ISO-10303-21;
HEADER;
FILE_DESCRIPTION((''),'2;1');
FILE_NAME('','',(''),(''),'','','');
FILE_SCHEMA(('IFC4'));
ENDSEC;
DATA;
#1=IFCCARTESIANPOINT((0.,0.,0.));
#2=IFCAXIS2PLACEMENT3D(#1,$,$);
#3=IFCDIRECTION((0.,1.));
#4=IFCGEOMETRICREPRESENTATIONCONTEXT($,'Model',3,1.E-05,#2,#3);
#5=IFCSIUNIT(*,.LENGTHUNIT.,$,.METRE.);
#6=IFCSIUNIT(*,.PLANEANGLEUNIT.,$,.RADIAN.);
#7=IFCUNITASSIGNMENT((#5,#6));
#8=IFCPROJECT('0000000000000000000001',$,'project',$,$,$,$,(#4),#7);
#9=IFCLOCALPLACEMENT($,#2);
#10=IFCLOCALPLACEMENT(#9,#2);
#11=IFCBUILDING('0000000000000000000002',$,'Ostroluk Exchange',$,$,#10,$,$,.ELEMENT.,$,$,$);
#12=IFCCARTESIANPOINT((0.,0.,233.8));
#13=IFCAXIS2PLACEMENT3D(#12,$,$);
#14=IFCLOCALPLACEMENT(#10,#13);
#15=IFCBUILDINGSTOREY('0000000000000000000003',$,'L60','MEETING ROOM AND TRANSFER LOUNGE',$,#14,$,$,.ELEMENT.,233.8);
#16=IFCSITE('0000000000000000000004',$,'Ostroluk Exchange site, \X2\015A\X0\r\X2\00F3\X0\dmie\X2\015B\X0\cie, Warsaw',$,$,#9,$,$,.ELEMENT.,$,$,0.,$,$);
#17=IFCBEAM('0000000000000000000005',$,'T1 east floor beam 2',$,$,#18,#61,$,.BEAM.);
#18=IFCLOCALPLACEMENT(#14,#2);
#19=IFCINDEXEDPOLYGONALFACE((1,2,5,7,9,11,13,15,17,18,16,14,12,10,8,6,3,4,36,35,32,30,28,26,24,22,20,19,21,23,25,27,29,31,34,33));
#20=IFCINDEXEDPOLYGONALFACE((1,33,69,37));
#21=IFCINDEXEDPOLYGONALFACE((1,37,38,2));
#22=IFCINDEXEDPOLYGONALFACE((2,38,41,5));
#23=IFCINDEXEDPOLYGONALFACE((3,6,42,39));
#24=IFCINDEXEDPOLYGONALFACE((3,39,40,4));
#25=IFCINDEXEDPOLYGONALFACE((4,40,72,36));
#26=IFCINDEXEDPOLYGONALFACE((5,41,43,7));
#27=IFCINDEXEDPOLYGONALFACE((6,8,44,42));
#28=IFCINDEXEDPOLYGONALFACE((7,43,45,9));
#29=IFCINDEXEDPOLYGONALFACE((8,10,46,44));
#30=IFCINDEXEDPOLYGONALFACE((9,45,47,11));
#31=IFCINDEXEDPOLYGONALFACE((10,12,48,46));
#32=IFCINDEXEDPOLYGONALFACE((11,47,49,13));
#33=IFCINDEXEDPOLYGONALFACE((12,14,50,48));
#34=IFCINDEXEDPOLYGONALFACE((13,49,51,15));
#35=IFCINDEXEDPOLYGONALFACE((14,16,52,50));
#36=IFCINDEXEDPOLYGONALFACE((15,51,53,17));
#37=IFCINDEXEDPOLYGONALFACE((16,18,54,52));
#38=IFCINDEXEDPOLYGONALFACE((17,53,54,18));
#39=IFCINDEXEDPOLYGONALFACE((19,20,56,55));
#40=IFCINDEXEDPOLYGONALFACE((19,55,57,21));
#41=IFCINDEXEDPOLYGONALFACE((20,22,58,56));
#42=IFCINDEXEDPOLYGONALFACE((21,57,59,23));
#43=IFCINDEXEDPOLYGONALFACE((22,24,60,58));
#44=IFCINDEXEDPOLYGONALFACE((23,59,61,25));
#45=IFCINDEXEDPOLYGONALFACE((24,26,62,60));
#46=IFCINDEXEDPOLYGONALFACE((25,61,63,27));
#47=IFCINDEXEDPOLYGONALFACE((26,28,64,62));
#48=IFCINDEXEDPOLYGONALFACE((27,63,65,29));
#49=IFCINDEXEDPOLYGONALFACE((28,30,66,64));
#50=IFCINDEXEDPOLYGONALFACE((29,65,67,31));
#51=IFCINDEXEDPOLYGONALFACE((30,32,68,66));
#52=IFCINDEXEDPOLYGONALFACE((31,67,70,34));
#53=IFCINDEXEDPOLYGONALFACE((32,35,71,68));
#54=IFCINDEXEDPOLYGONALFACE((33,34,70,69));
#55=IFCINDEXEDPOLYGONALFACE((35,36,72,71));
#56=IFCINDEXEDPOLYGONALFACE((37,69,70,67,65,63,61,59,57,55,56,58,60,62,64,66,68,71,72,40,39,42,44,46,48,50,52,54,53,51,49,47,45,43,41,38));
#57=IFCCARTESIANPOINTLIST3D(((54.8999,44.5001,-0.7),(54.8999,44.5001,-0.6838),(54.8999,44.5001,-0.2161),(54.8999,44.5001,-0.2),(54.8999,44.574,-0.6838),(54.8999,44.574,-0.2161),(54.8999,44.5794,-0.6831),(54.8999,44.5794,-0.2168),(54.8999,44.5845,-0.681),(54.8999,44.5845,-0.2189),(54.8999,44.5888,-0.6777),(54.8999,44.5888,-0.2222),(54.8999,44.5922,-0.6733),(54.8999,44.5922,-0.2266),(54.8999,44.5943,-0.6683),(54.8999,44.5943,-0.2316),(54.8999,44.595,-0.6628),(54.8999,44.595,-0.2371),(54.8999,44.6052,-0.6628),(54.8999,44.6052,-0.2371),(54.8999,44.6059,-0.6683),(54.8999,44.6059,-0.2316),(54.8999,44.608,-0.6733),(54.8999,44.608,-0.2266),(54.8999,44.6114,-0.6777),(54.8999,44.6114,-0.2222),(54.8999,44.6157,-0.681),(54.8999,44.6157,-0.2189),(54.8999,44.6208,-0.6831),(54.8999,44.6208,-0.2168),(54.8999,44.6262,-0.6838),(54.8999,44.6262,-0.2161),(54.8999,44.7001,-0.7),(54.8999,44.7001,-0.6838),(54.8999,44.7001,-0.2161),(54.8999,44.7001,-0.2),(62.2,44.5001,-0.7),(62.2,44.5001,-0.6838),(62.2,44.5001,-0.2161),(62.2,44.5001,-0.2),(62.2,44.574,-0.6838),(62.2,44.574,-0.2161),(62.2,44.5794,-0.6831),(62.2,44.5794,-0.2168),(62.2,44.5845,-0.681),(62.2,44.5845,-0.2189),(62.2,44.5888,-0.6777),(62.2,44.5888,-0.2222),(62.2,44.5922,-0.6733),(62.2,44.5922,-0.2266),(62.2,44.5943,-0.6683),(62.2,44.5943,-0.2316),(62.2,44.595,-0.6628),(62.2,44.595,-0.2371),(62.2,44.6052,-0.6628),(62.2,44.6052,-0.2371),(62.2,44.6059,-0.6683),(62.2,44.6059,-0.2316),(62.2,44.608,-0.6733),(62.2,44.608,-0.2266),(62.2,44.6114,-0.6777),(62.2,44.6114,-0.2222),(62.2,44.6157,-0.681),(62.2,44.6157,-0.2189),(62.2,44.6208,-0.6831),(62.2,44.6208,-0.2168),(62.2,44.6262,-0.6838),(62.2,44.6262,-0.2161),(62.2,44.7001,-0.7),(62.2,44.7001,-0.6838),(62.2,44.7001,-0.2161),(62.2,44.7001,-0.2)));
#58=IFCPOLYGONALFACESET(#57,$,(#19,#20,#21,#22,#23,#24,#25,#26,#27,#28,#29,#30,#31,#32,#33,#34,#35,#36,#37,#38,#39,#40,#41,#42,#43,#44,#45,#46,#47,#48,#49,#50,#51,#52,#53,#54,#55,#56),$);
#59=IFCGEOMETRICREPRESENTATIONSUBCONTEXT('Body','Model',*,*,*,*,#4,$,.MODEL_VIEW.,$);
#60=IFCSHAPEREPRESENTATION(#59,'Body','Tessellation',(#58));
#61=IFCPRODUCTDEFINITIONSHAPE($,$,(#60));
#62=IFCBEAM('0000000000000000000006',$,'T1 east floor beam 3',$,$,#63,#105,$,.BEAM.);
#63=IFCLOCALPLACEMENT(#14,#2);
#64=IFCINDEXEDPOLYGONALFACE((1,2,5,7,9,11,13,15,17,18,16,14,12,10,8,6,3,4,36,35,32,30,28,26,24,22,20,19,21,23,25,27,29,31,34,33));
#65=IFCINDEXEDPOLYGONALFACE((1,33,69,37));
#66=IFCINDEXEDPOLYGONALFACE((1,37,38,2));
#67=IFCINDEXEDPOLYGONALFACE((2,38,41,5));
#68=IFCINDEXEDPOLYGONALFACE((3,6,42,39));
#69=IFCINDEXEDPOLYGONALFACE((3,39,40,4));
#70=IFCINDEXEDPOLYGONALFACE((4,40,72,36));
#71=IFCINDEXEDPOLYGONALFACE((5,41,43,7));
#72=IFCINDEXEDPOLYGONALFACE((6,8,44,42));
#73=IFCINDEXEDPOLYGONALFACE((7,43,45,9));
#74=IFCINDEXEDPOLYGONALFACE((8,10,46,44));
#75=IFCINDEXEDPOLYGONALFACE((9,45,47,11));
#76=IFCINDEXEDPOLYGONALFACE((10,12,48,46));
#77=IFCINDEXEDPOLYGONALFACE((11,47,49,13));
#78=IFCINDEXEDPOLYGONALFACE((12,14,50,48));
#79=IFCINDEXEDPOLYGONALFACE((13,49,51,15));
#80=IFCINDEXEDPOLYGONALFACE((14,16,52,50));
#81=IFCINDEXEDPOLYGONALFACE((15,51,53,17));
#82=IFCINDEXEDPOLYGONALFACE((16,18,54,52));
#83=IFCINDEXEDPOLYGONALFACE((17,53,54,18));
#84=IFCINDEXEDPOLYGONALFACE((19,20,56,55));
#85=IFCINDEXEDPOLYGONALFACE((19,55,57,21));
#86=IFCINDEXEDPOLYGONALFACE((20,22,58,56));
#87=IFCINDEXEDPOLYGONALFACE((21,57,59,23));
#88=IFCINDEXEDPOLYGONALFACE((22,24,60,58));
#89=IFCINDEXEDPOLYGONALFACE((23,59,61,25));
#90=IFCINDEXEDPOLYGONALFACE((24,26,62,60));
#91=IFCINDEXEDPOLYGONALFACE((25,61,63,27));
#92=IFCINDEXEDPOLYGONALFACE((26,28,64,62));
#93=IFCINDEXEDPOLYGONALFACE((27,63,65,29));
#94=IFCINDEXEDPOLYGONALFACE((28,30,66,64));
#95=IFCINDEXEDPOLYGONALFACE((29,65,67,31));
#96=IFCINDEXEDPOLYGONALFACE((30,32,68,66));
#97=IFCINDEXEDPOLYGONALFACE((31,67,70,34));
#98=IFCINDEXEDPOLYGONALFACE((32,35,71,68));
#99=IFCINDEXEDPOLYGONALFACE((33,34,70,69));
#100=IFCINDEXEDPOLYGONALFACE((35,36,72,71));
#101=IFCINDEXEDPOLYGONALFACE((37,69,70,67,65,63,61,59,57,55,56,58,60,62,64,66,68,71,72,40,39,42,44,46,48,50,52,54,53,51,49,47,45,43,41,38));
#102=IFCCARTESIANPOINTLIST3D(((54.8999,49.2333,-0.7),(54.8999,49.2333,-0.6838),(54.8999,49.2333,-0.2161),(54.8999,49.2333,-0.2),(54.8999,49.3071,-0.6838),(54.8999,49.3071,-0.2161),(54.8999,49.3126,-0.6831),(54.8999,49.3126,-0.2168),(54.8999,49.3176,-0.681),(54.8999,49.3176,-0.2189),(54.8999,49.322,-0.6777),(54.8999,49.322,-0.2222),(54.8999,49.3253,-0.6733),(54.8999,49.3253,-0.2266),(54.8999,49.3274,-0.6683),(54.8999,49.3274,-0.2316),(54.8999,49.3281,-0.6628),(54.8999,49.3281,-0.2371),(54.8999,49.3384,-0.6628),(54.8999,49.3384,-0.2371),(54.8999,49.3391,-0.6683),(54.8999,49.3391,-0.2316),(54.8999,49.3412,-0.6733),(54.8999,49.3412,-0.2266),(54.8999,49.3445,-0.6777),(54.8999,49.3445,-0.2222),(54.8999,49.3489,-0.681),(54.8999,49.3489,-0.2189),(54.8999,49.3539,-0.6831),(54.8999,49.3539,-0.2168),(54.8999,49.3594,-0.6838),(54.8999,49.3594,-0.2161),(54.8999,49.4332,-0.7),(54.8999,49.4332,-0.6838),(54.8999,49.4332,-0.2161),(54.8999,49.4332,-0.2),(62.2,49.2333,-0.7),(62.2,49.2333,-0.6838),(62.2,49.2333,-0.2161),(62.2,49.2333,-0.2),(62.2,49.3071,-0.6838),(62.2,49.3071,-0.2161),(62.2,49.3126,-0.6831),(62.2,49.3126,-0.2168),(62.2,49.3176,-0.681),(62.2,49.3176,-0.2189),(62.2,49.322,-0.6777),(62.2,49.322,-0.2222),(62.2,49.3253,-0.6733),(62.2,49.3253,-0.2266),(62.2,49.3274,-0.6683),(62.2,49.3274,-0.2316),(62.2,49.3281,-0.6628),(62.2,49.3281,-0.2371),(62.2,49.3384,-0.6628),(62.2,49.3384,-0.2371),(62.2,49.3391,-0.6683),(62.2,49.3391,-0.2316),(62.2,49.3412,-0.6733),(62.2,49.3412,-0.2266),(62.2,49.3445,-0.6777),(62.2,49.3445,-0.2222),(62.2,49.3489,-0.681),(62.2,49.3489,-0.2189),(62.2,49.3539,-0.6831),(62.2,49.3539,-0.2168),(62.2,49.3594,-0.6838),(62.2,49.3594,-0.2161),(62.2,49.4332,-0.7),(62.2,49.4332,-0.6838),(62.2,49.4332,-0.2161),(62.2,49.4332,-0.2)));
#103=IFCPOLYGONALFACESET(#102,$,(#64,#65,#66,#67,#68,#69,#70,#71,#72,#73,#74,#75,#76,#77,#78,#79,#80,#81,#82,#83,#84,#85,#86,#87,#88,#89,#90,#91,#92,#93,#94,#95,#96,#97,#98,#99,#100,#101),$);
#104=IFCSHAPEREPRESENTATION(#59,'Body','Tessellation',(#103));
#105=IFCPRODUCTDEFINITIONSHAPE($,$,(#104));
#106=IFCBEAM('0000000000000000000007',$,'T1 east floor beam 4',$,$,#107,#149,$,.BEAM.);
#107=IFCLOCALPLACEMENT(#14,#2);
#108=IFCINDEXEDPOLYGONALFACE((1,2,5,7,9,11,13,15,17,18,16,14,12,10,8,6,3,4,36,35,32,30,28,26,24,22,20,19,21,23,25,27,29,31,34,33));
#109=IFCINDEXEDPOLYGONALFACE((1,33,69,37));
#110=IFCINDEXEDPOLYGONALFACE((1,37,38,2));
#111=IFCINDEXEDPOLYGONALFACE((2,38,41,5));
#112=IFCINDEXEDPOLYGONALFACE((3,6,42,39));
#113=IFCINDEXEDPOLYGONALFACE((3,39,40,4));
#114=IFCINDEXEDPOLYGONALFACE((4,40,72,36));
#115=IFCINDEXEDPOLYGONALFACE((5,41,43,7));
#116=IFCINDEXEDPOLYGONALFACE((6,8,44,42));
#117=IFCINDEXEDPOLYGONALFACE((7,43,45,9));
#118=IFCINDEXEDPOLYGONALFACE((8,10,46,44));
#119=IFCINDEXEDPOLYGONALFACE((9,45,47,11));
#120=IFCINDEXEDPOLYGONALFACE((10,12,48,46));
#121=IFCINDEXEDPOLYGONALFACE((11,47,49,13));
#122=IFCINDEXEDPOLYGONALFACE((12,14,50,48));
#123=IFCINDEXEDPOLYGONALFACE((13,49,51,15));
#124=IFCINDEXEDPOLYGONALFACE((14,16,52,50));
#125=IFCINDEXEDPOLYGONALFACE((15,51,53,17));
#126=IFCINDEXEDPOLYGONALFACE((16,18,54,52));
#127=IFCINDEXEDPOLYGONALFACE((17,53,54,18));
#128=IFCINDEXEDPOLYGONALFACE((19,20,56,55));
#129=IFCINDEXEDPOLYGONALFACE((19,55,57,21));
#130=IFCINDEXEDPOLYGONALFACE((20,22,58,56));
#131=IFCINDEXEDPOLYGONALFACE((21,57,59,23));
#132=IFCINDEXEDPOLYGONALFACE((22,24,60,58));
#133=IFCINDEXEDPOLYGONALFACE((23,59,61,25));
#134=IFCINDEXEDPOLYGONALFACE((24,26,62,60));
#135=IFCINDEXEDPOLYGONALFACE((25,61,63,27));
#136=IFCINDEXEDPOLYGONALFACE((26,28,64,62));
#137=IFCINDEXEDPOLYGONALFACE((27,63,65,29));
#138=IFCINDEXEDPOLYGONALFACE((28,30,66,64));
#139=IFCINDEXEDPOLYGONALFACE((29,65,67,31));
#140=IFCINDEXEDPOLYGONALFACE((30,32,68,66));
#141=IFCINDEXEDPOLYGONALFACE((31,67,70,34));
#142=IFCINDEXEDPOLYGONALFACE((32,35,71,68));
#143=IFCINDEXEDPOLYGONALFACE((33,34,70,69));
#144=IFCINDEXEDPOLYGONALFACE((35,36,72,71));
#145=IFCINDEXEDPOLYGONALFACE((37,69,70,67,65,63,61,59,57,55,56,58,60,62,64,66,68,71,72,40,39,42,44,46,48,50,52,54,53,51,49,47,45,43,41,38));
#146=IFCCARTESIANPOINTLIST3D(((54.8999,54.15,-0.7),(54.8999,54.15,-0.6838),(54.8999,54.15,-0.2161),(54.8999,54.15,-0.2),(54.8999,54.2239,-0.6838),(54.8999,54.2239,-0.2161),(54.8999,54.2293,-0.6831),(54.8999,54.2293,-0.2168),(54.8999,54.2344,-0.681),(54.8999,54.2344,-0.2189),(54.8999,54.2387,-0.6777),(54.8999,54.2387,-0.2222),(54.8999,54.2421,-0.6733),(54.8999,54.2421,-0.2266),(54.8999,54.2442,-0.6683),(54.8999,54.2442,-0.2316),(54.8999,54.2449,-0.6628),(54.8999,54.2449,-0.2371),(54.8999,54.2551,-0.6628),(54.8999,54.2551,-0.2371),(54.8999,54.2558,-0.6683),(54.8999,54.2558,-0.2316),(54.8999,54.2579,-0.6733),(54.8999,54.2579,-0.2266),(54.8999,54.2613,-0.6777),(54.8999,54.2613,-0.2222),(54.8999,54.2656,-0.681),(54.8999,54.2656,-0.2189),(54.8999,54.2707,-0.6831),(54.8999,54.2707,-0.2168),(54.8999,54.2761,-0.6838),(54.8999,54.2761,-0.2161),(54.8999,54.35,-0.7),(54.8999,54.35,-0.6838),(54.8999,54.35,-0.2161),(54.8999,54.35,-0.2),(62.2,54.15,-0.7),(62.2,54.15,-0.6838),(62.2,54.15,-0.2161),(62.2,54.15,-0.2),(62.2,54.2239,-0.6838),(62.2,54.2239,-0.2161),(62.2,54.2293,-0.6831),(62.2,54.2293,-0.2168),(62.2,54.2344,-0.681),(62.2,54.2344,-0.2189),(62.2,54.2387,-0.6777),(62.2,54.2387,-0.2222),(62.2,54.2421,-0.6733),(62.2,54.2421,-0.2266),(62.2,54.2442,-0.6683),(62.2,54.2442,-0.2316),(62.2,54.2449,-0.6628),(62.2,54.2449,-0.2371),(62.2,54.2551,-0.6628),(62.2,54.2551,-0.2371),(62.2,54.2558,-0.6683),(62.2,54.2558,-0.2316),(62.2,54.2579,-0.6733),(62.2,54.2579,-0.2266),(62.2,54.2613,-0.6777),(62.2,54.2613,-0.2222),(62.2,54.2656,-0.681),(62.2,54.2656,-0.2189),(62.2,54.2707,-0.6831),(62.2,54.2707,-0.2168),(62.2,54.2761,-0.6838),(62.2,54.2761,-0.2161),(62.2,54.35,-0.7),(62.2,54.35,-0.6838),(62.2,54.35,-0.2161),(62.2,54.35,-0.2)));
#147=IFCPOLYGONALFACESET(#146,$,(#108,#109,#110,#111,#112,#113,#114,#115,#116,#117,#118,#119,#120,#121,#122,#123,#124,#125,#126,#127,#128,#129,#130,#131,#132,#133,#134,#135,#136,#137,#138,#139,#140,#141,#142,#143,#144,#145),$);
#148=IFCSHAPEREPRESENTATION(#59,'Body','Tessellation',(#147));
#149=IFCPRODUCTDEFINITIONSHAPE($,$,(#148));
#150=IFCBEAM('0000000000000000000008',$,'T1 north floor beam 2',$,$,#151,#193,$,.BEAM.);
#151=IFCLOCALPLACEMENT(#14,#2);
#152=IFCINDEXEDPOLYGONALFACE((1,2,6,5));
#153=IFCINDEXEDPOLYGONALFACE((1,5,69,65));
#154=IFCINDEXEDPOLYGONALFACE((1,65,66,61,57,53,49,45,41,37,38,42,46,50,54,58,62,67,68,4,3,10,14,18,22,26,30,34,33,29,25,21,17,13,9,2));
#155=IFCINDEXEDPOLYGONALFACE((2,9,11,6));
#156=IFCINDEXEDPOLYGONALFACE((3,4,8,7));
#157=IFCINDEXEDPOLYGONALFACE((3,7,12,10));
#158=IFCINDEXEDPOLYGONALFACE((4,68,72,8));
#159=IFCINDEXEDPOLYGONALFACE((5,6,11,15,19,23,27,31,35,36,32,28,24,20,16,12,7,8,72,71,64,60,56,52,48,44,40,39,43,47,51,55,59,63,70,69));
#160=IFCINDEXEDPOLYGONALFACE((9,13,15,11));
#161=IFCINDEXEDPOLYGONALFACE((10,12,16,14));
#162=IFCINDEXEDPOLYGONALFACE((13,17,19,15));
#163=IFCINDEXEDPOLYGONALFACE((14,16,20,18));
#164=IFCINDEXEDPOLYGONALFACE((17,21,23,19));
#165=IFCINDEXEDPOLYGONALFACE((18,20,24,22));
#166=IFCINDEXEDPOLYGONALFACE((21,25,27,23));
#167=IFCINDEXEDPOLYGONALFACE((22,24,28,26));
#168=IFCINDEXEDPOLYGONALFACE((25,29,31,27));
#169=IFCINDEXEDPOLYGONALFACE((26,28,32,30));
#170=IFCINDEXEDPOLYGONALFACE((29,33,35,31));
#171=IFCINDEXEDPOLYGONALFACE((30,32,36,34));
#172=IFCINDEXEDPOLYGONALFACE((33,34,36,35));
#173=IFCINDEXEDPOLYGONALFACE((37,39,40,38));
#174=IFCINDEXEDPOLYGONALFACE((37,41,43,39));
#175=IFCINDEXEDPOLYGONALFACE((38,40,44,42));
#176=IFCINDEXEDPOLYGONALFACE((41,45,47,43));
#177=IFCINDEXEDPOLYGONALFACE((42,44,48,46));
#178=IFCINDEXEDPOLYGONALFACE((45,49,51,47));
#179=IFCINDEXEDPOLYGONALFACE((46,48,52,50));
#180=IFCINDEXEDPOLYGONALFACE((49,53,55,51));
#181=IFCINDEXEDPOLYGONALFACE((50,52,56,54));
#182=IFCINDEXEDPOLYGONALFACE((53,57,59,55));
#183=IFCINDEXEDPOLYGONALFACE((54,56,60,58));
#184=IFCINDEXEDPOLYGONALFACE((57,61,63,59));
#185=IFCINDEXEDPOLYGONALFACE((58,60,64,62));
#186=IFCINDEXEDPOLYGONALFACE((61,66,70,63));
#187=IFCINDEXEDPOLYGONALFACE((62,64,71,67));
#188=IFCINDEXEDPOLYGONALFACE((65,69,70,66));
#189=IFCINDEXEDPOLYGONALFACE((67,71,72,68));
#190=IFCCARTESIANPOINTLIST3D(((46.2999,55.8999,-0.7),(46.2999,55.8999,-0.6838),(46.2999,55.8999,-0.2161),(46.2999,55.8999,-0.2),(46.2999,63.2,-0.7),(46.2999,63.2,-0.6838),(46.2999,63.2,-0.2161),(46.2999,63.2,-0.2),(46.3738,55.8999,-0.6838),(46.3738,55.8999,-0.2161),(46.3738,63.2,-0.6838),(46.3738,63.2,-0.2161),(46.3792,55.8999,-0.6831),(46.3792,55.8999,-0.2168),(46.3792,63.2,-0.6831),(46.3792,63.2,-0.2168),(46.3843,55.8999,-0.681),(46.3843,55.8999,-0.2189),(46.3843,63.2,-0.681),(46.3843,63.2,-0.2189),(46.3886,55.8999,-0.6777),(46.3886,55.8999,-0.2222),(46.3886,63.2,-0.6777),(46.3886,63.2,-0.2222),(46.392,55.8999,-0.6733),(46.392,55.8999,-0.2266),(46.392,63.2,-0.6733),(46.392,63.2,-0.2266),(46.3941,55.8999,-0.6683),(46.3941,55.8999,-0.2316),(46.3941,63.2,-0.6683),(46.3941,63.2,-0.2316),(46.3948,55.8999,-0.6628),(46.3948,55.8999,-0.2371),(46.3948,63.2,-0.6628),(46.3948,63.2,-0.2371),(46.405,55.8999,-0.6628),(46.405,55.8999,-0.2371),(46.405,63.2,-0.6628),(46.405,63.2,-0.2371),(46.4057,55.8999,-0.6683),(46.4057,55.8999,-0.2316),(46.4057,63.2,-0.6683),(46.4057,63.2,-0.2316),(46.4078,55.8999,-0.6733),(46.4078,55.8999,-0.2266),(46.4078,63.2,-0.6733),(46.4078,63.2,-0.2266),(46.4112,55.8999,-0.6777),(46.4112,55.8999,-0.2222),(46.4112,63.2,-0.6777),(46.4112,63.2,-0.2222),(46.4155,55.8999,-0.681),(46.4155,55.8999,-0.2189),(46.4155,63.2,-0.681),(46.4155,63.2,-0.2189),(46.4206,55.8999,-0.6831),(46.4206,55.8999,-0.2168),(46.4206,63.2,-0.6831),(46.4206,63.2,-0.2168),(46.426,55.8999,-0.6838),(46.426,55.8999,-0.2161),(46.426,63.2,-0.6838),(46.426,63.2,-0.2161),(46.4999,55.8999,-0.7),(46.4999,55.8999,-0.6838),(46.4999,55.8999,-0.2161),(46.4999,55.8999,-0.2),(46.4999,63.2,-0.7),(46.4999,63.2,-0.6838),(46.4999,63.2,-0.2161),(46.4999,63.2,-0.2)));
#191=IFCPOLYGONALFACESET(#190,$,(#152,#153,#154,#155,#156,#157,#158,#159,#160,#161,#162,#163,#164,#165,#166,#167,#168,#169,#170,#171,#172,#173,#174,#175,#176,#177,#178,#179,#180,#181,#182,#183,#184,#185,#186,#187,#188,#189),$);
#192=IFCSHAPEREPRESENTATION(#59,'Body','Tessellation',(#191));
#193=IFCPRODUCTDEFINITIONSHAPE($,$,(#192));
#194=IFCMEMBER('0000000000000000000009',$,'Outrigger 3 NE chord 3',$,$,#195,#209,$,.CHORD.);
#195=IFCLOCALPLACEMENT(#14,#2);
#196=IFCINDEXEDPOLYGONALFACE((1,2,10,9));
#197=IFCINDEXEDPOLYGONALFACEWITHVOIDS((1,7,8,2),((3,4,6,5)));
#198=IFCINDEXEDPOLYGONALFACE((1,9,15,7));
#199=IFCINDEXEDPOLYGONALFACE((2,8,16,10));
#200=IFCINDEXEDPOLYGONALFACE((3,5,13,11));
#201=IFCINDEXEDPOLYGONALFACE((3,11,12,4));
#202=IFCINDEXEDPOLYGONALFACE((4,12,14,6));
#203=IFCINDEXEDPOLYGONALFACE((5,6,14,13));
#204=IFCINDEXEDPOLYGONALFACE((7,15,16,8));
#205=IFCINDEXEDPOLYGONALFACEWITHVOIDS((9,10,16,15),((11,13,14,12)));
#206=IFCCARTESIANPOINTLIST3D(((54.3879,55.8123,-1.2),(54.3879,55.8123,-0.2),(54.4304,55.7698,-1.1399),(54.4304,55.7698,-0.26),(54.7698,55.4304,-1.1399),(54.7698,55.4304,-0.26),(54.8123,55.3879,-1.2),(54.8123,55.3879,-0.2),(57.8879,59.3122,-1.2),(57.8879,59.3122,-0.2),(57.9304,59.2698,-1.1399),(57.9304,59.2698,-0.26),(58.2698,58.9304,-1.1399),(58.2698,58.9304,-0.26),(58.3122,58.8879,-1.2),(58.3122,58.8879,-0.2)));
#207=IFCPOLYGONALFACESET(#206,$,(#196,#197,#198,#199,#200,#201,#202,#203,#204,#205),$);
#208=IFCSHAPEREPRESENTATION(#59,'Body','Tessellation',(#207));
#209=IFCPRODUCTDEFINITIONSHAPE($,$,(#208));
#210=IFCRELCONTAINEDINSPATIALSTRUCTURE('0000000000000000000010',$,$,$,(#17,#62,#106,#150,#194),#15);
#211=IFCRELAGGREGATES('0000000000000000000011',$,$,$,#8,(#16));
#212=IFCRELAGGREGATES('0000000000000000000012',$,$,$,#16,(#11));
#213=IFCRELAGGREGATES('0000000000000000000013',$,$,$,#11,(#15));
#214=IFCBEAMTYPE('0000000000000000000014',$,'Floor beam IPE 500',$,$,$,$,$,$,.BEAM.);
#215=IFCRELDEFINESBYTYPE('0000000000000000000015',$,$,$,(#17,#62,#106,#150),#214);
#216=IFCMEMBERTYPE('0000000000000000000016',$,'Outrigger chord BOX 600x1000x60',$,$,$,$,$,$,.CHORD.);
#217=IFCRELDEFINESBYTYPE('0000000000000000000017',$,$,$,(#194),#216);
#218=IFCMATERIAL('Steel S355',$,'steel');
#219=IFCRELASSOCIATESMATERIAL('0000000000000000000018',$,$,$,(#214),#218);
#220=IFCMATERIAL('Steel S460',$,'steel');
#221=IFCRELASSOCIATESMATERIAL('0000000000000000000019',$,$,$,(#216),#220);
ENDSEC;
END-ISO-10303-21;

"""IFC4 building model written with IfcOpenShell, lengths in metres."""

from ifc_helpers import new_model, si_unit, direction, frame, origin, origin_2d, place, context, subcontext, project, spatial, hollow_rectangle, i_section, extrude, material, material_profile, profile_set, type_object, element, save


model = new_model("IFC4")

# Units and contexts
model_context = context("Model", 3, precision=1e-05, world=origin(), true_north=direction((0.0, 1.0)))
body_context = subcontext(model_context, "Body", "Model", "MODEL_VIEW")
ifc_project = project(units=[si_unit("LENGTHUNIT", "METRE"), si_unit("PLANEANGLEUNIT", "RADIAN")], contexts=[model_context])

# Site, building, storey
site_placement = place(None, origin())
site = spatial("IfcSite", under=ifc_project, at=site_placement, Name="Ostroluk Exchange site, Śródmieście, Warsaw", CompositionType="ELEMENT", RefElevation=0.0)
building_placement = place(site_placement, origin())
building = spatial("IfcBuilding", under=site, at=building_placement, Name="Ostroluk Exchange", CompositionType="ELEMENT")
storey_placement = place(building_placement, frame((0.0, 0.0, 233.8)))
storey = spatial("IfcBuildingStorey", under=building, at=storey_placement, Name="L60", Description="MEETING ROOM AND TRANSFER LOUNGE", CompositionType="ELEMENT", Elevation=233.8)

# Beams
ifc_material_1 = material(Name="Steel S355", Category="steel")
ifc_material_profile_1 = material_profile(ifc_material_1, i_section(OverallWidth=0.2, OverallDepth=0.5, WebThickness=0.0103, FlangeThickness=0.0161, FilletRadius=0.021, at=origin_2d()), Name="IPE 500")
ifc_profile_set_1 = profile_set([ifc_material_profile_1], Name="Steel S355")
beam_type = type_object("IfcBeamType", Name="Floor beam IPE 500", PredefinedType="BEAM", material=ifc_profile_set_1)
for number, where, z_axis, x_axis, name in (
    (1, (54.8999, 44.6001, -0.45), (1.0, 0.0, 0.0), (0.0, 1.0, 0.0), "T1 east floor beam 2"),
    (2, (54.8999, 49.3333, -0.45), (1.0, 0.0, 0.0), (0.0, 1.0, 0.0), "T1 east floor beam 3"),
    (3, (54.8999, 54.25, -0.45), (1.0, 0.0, 0.0), (0.0, 1.0, 0.0), "T1 east floor beam 4"),
    (4, (46.3999, 55.8999, -0.45), (0.0, 1.0, 0.0), (-1.0, 0.0, 0.0), "T1 north floor beam 2"),
):
    element("IfcBeam", number, at=place(storey_placement, frame(where, z_axis=z_axis, x_axis=x_axis)), inside=storey, type_object=beam_type, Name=name, PredefinedType="BEAM", context=body_context, shape_type="SweptSolid", body=[
        extrude(i_section(OverallWidth=0.2, OverallDepth=0.5, WebThickness=0.0103, FlangeThickness=0.0161, FilletRadius=0.021, at=origin_2d()), origin(), (0.0, 0.0, 1.0), 7.3),
    ])

# Member
ifc_material_2 = material(Name="Steel S460", Category="steel")
ifc_material_profile_2 = material_profile(ifc_material_2, hollow_rectangle(XDim=0.6001, YDim=1.0, WallThickness=0.0601, at=origin_2d()), Name="BOX 600x1000x60")
ifc_profile_set_2 = profile_set([ifc_material_profile_2], Name="Steel S460")
member_type = type_object("IfcMemberType", Name="Outrigger chord BOX 600x1000x60", PredefinedType="CHORD", material=ifc_profile_set_2)
member_placement = place(storey_placement, frame((54.6001, 55.6001, -0.7), z_axis=(0.707107, 0.707107, 0.0), x_axis=(-0.707107, 0.707107, 0.0)))
element("IfcMember", 5, at=member_placement, inside=storey, type_object=member_type, Name="Outrigger 3 NE chord 3", PredefinedType="CHORD", context=body_context, shape_type="SweptSolid", body=[
    extrude(hollow_rectangle(XDim=0.6001, YDim=1.0, WallThickness=0.0601, at=origin_2d()), origin(), (0.0, 0.0, 1.0), 4.9497),
])

save(model, "model.ifc")
